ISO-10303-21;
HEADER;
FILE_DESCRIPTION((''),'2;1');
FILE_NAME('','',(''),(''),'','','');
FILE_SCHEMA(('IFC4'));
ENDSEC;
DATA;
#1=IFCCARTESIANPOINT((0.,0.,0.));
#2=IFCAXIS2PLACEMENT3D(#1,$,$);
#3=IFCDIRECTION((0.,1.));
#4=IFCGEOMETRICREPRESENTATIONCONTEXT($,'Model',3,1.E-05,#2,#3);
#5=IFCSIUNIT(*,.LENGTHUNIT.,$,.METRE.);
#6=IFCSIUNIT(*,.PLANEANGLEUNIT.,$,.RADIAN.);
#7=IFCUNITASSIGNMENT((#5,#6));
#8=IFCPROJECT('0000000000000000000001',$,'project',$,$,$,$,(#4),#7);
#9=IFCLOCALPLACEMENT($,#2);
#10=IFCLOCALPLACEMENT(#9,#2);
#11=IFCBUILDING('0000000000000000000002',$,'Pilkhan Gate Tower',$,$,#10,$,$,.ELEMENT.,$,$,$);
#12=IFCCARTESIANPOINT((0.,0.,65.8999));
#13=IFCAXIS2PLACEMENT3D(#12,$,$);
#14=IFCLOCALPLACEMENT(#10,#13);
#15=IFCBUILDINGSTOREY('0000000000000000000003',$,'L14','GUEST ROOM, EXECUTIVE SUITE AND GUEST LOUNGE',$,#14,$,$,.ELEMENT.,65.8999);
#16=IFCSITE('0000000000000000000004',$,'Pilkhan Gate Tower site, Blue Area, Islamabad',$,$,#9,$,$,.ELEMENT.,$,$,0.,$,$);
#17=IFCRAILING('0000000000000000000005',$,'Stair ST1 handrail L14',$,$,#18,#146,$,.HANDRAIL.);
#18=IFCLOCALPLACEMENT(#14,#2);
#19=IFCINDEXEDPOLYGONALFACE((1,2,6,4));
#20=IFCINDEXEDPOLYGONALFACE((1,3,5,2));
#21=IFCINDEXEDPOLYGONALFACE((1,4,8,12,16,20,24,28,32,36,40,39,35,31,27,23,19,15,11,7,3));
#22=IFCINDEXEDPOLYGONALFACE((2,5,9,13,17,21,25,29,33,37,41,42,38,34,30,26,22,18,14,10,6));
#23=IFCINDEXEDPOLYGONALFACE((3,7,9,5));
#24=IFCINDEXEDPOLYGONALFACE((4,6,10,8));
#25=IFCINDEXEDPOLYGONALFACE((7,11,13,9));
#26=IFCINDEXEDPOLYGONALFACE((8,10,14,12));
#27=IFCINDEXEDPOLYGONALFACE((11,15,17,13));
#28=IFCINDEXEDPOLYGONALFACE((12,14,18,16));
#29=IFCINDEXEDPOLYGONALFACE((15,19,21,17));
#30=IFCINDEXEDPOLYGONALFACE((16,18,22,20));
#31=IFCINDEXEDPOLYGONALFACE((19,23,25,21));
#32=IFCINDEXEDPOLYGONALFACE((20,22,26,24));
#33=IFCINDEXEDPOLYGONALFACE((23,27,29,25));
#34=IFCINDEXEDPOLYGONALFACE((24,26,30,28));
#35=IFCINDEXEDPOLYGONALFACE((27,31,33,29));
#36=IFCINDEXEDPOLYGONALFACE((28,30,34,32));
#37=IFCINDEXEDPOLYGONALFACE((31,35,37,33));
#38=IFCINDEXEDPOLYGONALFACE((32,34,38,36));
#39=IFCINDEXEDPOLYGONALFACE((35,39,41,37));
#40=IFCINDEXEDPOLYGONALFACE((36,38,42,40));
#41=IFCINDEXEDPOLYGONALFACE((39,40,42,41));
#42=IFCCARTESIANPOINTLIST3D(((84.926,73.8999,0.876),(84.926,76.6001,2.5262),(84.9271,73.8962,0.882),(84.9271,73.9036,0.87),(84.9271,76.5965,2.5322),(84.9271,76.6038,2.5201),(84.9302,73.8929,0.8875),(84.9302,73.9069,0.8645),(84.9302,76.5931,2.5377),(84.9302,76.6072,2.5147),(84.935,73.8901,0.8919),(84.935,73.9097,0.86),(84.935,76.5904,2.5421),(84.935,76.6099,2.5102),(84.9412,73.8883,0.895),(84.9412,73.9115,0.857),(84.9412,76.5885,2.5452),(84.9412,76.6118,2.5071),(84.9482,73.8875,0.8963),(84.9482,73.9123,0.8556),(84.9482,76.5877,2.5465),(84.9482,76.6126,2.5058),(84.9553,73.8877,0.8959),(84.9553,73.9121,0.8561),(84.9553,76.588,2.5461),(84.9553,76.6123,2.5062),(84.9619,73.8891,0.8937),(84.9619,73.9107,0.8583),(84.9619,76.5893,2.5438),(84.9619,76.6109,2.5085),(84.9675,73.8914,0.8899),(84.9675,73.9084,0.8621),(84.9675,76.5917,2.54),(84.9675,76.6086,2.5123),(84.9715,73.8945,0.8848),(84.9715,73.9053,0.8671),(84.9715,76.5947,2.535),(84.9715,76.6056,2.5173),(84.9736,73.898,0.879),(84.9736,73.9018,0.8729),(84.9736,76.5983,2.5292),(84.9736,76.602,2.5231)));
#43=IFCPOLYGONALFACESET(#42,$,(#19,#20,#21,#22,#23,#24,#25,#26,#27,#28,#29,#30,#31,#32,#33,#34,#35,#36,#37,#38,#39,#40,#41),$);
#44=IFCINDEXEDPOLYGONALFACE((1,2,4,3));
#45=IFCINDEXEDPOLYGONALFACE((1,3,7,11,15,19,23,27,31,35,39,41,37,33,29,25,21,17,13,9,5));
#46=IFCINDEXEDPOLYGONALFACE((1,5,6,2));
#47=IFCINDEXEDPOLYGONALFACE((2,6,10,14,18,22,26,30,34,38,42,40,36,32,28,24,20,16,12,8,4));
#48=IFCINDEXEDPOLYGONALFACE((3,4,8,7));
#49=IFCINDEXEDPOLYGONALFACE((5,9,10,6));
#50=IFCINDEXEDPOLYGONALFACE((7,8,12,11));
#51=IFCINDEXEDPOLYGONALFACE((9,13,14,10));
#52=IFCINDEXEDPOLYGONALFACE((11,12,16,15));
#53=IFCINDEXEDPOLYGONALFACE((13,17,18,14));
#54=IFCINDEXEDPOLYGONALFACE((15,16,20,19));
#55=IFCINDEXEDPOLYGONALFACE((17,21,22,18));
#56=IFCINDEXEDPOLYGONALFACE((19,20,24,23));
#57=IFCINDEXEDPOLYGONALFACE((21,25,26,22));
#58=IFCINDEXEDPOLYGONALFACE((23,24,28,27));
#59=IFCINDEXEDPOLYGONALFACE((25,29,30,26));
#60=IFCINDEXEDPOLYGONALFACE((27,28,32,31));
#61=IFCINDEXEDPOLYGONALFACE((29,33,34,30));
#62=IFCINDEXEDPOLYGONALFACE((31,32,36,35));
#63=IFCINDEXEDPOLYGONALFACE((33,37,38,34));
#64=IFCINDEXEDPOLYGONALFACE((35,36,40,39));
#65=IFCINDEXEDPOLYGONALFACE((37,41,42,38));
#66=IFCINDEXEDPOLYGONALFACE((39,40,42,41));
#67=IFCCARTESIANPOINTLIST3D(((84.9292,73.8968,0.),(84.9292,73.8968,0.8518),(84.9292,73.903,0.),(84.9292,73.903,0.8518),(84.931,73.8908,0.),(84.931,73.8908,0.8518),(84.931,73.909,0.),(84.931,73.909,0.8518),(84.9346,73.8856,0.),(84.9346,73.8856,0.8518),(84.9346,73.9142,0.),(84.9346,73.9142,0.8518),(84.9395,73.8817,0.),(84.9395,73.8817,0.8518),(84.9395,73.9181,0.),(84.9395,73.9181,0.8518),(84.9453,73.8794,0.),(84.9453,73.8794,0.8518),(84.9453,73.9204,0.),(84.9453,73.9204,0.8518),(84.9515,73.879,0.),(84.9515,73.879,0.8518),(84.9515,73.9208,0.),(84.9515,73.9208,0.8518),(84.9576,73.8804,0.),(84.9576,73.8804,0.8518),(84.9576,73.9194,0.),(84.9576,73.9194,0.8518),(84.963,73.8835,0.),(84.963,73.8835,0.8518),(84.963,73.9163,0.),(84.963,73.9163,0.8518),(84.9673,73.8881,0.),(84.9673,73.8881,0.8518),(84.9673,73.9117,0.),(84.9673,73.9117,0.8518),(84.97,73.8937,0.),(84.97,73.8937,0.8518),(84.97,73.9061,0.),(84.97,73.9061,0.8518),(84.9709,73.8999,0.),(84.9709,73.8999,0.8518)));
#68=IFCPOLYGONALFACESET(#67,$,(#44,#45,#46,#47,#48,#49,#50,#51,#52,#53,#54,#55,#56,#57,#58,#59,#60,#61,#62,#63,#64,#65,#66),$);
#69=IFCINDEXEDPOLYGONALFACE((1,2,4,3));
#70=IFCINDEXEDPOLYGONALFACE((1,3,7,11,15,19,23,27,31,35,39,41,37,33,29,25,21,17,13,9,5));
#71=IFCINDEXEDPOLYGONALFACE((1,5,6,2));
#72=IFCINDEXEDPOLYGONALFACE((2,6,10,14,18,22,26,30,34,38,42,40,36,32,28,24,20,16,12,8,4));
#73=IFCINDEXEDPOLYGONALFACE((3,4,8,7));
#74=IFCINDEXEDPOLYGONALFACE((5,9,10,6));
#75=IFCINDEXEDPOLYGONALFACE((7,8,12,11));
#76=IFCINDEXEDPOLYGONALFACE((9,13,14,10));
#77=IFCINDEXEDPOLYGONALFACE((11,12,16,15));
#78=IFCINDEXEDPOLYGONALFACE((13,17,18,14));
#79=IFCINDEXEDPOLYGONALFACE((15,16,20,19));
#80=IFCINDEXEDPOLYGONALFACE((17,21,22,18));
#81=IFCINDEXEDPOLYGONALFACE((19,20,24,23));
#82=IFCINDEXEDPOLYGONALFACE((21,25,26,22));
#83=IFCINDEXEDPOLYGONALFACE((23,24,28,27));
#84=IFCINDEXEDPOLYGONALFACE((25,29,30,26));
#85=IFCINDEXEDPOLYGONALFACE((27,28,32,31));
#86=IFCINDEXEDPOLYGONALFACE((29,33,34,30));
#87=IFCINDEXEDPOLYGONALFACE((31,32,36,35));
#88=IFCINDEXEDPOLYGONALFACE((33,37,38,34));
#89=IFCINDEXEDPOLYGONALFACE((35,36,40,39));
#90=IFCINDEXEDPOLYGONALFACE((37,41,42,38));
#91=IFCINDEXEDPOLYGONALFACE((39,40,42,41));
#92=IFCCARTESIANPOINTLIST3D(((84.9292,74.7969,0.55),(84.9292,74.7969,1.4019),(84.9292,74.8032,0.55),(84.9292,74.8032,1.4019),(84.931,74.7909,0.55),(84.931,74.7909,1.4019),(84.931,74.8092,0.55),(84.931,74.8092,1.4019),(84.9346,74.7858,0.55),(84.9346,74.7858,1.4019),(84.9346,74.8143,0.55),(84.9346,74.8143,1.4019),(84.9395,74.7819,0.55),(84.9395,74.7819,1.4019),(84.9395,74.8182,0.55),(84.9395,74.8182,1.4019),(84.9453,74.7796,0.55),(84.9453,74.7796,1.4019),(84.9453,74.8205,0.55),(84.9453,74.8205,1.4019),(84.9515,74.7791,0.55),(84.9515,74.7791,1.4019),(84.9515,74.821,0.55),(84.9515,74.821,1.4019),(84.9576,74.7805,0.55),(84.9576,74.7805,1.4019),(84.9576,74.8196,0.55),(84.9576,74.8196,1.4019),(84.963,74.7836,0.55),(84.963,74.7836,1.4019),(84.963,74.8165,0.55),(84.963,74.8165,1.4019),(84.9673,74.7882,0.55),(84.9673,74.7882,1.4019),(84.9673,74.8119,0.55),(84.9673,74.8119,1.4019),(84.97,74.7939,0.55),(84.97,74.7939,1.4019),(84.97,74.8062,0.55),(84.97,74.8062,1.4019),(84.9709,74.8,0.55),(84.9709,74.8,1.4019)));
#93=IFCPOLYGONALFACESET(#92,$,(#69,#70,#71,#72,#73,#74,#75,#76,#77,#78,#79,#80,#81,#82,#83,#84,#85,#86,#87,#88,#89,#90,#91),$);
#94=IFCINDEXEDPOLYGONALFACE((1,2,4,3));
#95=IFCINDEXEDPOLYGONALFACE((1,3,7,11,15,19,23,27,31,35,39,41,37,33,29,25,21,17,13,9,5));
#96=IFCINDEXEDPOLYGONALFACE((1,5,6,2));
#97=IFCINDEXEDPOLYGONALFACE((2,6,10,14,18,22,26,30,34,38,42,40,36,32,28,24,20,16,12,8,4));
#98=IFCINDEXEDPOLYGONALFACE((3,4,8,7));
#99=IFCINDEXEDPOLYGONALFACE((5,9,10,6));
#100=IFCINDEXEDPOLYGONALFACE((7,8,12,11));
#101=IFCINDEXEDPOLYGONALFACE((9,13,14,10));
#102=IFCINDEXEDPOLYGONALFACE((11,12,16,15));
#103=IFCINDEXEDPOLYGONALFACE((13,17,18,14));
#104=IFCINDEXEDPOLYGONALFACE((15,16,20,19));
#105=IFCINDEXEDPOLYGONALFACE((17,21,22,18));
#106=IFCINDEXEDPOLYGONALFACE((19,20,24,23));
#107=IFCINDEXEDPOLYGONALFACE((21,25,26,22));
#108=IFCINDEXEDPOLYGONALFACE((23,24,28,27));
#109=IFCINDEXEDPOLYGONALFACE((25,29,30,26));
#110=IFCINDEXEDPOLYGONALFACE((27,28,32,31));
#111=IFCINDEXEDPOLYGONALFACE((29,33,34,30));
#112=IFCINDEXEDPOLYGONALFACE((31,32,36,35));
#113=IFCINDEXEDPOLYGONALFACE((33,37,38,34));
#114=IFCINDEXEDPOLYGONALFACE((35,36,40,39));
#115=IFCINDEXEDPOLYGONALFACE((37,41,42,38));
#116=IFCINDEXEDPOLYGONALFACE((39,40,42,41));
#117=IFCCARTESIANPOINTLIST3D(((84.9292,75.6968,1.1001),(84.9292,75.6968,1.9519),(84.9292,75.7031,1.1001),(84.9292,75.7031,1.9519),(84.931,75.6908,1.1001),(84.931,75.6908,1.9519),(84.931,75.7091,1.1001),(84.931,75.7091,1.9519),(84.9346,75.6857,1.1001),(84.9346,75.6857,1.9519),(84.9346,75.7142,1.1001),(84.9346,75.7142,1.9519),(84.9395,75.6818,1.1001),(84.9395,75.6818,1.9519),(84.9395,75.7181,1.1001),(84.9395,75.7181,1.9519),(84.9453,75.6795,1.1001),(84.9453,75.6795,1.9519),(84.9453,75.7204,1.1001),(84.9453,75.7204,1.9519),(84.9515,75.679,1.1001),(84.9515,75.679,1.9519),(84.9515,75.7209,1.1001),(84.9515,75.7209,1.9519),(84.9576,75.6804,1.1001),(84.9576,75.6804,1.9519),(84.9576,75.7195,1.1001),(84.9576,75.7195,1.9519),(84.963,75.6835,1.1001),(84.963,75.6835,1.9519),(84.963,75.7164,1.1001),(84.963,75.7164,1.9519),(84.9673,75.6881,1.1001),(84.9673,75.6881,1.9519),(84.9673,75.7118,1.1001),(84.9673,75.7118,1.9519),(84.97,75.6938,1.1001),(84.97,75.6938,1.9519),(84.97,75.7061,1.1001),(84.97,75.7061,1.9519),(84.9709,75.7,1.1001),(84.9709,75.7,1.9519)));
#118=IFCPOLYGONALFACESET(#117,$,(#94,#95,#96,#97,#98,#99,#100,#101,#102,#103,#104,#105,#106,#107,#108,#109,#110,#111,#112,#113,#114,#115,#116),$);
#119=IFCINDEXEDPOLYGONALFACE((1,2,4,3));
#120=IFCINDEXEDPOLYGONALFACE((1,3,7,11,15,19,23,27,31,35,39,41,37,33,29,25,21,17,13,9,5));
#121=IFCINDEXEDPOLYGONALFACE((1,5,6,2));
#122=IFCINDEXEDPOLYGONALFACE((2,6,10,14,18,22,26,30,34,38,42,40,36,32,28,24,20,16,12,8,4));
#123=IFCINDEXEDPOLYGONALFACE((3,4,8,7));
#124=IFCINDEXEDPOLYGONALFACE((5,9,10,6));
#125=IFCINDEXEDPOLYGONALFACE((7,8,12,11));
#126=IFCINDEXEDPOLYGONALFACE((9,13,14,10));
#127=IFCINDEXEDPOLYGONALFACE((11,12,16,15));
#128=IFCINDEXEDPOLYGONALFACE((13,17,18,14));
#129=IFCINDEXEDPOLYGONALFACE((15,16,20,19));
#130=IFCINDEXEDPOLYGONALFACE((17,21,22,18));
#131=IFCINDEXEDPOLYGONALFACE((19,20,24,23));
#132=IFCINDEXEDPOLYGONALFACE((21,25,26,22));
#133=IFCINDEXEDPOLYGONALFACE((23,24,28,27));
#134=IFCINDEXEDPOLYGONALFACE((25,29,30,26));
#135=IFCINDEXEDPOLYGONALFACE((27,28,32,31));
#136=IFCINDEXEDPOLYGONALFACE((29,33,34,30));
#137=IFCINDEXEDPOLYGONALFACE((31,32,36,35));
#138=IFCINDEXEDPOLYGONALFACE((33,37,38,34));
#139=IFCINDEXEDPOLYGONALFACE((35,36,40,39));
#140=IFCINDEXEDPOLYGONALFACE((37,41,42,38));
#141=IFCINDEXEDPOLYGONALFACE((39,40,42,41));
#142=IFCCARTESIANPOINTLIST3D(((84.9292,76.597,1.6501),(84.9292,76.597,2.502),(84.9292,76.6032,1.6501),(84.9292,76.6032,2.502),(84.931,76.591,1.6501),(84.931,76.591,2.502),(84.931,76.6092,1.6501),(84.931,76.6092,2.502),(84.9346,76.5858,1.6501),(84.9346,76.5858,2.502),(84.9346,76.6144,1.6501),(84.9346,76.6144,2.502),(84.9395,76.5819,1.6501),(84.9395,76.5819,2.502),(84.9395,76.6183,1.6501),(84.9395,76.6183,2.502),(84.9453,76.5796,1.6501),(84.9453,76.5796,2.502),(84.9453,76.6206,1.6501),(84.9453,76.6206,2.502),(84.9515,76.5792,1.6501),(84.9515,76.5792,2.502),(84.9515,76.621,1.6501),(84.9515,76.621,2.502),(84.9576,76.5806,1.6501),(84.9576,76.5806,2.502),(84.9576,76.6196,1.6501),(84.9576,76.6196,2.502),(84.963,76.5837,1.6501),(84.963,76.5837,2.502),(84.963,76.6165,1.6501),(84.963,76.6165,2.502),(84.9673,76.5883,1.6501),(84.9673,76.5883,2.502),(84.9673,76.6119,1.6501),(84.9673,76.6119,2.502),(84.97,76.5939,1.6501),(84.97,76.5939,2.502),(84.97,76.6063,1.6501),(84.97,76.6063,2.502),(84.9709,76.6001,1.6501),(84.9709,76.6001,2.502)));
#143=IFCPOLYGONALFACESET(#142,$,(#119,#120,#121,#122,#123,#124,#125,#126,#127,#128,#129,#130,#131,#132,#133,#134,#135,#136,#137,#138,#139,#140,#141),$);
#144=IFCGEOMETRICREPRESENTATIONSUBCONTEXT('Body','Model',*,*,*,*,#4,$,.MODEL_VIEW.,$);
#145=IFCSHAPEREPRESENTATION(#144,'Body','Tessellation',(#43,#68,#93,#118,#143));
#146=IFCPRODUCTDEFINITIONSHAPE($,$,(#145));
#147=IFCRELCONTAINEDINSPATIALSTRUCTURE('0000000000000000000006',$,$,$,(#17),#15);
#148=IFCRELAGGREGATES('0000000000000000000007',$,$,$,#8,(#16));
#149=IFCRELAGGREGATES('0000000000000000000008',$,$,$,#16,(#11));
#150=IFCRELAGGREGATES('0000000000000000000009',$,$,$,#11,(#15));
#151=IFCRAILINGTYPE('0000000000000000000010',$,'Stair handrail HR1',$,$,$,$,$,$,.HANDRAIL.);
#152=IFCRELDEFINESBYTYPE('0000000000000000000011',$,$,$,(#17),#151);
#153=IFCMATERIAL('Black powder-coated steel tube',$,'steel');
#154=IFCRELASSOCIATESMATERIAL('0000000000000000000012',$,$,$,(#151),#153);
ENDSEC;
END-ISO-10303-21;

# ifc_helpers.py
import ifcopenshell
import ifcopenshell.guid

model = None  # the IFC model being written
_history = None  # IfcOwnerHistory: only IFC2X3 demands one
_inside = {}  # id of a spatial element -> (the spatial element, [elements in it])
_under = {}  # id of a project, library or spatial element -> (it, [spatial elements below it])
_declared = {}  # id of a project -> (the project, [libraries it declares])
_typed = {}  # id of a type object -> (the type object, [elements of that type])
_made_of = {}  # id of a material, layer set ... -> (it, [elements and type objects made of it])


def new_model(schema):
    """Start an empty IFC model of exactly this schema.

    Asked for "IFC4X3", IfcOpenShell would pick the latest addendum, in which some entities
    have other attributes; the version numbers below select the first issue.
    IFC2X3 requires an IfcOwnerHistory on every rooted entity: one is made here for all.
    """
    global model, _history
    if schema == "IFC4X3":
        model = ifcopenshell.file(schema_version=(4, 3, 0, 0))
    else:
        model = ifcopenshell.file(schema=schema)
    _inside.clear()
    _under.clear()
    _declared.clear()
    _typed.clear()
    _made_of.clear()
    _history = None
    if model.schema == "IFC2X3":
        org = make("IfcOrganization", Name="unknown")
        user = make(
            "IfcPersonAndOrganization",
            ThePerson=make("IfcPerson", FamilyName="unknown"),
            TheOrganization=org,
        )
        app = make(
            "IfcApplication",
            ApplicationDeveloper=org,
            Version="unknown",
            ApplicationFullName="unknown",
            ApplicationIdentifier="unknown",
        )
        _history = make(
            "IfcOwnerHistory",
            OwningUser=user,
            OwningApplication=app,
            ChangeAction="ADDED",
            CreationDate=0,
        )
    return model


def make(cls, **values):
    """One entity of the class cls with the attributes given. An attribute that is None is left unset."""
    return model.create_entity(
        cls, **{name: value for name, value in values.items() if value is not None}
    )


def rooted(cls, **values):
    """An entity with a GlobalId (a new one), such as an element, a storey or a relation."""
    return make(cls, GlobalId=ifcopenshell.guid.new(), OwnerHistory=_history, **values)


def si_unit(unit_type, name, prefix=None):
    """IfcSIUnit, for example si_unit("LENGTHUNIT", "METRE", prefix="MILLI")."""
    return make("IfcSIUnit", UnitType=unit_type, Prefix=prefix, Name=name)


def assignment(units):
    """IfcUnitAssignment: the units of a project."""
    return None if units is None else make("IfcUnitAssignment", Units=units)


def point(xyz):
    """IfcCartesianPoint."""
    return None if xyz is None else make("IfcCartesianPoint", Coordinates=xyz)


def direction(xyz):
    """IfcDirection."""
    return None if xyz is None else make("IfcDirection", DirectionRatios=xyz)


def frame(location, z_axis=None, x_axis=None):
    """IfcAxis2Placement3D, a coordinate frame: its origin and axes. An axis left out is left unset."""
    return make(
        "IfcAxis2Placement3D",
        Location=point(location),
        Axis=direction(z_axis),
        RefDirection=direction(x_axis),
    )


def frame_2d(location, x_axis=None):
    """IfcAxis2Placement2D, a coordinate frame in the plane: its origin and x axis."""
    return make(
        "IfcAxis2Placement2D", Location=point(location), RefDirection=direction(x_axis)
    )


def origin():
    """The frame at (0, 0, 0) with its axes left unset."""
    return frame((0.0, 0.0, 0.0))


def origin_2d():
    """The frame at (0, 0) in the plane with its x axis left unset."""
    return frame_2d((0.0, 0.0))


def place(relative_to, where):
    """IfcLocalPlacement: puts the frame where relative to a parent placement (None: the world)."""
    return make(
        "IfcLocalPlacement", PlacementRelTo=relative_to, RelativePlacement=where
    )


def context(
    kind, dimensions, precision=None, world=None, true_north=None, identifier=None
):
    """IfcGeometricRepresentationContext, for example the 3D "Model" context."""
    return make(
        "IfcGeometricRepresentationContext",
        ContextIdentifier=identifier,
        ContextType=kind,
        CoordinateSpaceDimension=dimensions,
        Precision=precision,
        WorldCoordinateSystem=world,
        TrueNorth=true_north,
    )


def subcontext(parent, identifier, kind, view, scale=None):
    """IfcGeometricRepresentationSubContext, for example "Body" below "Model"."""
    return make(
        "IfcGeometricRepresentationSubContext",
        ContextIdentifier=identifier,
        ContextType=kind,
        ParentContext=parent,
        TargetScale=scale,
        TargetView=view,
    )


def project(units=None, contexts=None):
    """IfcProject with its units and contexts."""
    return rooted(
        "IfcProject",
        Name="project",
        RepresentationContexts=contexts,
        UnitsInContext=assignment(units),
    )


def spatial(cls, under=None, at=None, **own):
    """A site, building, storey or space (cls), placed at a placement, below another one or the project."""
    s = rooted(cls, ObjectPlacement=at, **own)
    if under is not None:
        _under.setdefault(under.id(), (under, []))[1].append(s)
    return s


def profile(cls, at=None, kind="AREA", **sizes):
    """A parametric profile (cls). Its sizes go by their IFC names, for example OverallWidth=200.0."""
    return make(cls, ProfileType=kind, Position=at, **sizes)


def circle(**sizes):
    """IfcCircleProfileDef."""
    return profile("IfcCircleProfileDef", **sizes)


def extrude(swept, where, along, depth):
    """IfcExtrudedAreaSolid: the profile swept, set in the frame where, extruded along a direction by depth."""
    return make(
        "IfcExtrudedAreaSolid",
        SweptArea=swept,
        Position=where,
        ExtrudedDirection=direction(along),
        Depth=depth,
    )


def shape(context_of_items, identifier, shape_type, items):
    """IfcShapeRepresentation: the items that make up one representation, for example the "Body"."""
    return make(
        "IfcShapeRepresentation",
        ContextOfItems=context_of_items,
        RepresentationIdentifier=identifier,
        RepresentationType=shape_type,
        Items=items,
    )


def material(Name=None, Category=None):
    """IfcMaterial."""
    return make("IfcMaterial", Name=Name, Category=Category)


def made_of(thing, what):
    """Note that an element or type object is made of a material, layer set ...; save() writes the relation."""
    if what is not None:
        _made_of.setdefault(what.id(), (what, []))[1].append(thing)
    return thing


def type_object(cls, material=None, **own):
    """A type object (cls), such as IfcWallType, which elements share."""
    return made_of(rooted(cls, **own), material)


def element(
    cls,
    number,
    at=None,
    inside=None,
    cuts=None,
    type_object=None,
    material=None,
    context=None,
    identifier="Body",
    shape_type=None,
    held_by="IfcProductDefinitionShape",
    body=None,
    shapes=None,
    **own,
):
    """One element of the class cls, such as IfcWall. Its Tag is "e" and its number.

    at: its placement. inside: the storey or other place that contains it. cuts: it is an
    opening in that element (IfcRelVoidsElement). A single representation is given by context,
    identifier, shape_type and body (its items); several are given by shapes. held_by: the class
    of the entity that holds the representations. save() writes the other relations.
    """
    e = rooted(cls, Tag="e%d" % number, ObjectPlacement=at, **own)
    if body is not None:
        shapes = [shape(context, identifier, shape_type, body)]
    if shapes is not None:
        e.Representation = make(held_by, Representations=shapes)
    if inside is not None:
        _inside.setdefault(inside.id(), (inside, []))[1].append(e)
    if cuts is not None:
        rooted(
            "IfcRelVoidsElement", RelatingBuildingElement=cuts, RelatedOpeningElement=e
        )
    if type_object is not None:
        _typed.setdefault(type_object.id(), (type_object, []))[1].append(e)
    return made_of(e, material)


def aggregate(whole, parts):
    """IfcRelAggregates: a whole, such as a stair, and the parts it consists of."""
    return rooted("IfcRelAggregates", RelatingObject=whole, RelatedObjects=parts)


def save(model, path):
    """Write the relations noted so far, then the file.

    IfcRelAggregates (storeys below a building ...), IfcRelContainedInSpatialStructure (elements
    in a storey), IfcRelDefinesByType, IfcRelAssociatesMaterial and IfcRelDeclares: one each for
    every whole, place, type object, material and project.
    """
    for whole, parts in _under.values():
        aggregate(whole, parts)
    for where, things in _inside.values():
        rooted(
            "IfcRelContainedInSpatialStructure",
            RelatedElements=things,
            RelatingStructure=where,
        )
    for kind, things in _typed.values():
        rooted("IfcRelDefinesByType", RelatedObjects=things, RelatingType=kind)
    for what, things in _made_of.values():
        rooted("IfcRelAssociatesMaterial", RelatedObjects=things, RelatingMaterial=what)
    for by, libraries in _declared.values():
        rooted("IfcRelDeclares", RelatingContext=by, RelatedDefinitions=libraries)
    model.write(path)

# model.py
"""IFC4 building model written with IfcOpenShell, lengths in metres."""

from ifc_helpers import new_model, si_unit, direction, frame, origin, origin_2d, place, context, subcontext, project, spatial, circle, extrude, material, type_object, element, save


model = new_model("IFC4")

# Units and contexts
model_context = context("Model", 3, precision=1e-05, world=origin(), true_north=direction((0.0, 1.0)))
body_context = subcontext(model_context, "Body", "Model", "MODEL_VIEW")
ifc_project = project(units=[si_unit("LENGTHUNIT", "METRE"), si_unit("PLANEANGLEUNIT", "RADIAN")], contexts=[model_context])

# Site, building, storey
site_placement = place(None, origin())
site = spatial("IfcSite", under=ifc_project, at=site_placement, Name="Pilkhan Gate Tower site, Blue Area, Islamabad", CompositionType="ELEMENT", RefElevation=0.0)
building_placement = place(site_placement, origin())
building = spatial("IfcBuilding", under=site, at=building_placement, Name="Pilkhan Gate Tower", CompositionType="ELEMENT")
storey_placement = place(building_placement, frame((0.0, 0.0, 65.8999)))
storey = spatial("IfcBuildingStorey", under=building, at=storey_placement, Name="L14", Description="GUEST ROOM, EXECUTIVE SUITE AND GUEST LOUNGE", CompositionType="ELEMENT", Elevation=65.8999)

# Railing
ifc_material_1 = material(Name="Black powder-coated steel tube", Category="steel")
railing_type_1 = type_object("IfcRailingType", Name="Stair handrail HR1", PredefinedType="HANDRAIL", material=ifc_material_1)
railing_1_placement = place(storey_placement, frame((84.95, 73.8999, 0.0)))
element("IfcRailing", 1, at=railing_1_placement, inside=storey, type_object=railing_type_1, Name="Stair ST1 handrail L14", PredefinedType="HANDRAIL", context=body_context, shape_type="SweptSolid", body=[
    extrude(circle(Radius=0.0239, at=origin_2d()), frame((0.0, 0.0, 0.876), z_axis=(0.0, 0.853278, 0.521456), x_axis=(-1.0, 0.0, 0.0)), (0.0, 0.0, 1.0), 3.1646),
    extrude(circle(Radius=0.021, at=origin_2d()), origin(), (0.0, 0.0, 1.0), 0.8518),
    extrude(circle(Radius=0.021, at=origin_2d()), frame((0.0, 0.9001, 0.55)), (0.0, 0.0, 1.0), 0.8518),
    extrude(circle(Radius=0.021, at=origin_2d()), frame((0.0, 1.8, 1.1001)), (0.0, 0.0, 1.0), 0.8518),
    extrude(circle(Radius=0.021, at=origin_2d()), frame((0.0, 2.7002, 1.6501)), (0.0, 0.0, 1.0), 0.8518),
])

save(model, "model.ifc")
